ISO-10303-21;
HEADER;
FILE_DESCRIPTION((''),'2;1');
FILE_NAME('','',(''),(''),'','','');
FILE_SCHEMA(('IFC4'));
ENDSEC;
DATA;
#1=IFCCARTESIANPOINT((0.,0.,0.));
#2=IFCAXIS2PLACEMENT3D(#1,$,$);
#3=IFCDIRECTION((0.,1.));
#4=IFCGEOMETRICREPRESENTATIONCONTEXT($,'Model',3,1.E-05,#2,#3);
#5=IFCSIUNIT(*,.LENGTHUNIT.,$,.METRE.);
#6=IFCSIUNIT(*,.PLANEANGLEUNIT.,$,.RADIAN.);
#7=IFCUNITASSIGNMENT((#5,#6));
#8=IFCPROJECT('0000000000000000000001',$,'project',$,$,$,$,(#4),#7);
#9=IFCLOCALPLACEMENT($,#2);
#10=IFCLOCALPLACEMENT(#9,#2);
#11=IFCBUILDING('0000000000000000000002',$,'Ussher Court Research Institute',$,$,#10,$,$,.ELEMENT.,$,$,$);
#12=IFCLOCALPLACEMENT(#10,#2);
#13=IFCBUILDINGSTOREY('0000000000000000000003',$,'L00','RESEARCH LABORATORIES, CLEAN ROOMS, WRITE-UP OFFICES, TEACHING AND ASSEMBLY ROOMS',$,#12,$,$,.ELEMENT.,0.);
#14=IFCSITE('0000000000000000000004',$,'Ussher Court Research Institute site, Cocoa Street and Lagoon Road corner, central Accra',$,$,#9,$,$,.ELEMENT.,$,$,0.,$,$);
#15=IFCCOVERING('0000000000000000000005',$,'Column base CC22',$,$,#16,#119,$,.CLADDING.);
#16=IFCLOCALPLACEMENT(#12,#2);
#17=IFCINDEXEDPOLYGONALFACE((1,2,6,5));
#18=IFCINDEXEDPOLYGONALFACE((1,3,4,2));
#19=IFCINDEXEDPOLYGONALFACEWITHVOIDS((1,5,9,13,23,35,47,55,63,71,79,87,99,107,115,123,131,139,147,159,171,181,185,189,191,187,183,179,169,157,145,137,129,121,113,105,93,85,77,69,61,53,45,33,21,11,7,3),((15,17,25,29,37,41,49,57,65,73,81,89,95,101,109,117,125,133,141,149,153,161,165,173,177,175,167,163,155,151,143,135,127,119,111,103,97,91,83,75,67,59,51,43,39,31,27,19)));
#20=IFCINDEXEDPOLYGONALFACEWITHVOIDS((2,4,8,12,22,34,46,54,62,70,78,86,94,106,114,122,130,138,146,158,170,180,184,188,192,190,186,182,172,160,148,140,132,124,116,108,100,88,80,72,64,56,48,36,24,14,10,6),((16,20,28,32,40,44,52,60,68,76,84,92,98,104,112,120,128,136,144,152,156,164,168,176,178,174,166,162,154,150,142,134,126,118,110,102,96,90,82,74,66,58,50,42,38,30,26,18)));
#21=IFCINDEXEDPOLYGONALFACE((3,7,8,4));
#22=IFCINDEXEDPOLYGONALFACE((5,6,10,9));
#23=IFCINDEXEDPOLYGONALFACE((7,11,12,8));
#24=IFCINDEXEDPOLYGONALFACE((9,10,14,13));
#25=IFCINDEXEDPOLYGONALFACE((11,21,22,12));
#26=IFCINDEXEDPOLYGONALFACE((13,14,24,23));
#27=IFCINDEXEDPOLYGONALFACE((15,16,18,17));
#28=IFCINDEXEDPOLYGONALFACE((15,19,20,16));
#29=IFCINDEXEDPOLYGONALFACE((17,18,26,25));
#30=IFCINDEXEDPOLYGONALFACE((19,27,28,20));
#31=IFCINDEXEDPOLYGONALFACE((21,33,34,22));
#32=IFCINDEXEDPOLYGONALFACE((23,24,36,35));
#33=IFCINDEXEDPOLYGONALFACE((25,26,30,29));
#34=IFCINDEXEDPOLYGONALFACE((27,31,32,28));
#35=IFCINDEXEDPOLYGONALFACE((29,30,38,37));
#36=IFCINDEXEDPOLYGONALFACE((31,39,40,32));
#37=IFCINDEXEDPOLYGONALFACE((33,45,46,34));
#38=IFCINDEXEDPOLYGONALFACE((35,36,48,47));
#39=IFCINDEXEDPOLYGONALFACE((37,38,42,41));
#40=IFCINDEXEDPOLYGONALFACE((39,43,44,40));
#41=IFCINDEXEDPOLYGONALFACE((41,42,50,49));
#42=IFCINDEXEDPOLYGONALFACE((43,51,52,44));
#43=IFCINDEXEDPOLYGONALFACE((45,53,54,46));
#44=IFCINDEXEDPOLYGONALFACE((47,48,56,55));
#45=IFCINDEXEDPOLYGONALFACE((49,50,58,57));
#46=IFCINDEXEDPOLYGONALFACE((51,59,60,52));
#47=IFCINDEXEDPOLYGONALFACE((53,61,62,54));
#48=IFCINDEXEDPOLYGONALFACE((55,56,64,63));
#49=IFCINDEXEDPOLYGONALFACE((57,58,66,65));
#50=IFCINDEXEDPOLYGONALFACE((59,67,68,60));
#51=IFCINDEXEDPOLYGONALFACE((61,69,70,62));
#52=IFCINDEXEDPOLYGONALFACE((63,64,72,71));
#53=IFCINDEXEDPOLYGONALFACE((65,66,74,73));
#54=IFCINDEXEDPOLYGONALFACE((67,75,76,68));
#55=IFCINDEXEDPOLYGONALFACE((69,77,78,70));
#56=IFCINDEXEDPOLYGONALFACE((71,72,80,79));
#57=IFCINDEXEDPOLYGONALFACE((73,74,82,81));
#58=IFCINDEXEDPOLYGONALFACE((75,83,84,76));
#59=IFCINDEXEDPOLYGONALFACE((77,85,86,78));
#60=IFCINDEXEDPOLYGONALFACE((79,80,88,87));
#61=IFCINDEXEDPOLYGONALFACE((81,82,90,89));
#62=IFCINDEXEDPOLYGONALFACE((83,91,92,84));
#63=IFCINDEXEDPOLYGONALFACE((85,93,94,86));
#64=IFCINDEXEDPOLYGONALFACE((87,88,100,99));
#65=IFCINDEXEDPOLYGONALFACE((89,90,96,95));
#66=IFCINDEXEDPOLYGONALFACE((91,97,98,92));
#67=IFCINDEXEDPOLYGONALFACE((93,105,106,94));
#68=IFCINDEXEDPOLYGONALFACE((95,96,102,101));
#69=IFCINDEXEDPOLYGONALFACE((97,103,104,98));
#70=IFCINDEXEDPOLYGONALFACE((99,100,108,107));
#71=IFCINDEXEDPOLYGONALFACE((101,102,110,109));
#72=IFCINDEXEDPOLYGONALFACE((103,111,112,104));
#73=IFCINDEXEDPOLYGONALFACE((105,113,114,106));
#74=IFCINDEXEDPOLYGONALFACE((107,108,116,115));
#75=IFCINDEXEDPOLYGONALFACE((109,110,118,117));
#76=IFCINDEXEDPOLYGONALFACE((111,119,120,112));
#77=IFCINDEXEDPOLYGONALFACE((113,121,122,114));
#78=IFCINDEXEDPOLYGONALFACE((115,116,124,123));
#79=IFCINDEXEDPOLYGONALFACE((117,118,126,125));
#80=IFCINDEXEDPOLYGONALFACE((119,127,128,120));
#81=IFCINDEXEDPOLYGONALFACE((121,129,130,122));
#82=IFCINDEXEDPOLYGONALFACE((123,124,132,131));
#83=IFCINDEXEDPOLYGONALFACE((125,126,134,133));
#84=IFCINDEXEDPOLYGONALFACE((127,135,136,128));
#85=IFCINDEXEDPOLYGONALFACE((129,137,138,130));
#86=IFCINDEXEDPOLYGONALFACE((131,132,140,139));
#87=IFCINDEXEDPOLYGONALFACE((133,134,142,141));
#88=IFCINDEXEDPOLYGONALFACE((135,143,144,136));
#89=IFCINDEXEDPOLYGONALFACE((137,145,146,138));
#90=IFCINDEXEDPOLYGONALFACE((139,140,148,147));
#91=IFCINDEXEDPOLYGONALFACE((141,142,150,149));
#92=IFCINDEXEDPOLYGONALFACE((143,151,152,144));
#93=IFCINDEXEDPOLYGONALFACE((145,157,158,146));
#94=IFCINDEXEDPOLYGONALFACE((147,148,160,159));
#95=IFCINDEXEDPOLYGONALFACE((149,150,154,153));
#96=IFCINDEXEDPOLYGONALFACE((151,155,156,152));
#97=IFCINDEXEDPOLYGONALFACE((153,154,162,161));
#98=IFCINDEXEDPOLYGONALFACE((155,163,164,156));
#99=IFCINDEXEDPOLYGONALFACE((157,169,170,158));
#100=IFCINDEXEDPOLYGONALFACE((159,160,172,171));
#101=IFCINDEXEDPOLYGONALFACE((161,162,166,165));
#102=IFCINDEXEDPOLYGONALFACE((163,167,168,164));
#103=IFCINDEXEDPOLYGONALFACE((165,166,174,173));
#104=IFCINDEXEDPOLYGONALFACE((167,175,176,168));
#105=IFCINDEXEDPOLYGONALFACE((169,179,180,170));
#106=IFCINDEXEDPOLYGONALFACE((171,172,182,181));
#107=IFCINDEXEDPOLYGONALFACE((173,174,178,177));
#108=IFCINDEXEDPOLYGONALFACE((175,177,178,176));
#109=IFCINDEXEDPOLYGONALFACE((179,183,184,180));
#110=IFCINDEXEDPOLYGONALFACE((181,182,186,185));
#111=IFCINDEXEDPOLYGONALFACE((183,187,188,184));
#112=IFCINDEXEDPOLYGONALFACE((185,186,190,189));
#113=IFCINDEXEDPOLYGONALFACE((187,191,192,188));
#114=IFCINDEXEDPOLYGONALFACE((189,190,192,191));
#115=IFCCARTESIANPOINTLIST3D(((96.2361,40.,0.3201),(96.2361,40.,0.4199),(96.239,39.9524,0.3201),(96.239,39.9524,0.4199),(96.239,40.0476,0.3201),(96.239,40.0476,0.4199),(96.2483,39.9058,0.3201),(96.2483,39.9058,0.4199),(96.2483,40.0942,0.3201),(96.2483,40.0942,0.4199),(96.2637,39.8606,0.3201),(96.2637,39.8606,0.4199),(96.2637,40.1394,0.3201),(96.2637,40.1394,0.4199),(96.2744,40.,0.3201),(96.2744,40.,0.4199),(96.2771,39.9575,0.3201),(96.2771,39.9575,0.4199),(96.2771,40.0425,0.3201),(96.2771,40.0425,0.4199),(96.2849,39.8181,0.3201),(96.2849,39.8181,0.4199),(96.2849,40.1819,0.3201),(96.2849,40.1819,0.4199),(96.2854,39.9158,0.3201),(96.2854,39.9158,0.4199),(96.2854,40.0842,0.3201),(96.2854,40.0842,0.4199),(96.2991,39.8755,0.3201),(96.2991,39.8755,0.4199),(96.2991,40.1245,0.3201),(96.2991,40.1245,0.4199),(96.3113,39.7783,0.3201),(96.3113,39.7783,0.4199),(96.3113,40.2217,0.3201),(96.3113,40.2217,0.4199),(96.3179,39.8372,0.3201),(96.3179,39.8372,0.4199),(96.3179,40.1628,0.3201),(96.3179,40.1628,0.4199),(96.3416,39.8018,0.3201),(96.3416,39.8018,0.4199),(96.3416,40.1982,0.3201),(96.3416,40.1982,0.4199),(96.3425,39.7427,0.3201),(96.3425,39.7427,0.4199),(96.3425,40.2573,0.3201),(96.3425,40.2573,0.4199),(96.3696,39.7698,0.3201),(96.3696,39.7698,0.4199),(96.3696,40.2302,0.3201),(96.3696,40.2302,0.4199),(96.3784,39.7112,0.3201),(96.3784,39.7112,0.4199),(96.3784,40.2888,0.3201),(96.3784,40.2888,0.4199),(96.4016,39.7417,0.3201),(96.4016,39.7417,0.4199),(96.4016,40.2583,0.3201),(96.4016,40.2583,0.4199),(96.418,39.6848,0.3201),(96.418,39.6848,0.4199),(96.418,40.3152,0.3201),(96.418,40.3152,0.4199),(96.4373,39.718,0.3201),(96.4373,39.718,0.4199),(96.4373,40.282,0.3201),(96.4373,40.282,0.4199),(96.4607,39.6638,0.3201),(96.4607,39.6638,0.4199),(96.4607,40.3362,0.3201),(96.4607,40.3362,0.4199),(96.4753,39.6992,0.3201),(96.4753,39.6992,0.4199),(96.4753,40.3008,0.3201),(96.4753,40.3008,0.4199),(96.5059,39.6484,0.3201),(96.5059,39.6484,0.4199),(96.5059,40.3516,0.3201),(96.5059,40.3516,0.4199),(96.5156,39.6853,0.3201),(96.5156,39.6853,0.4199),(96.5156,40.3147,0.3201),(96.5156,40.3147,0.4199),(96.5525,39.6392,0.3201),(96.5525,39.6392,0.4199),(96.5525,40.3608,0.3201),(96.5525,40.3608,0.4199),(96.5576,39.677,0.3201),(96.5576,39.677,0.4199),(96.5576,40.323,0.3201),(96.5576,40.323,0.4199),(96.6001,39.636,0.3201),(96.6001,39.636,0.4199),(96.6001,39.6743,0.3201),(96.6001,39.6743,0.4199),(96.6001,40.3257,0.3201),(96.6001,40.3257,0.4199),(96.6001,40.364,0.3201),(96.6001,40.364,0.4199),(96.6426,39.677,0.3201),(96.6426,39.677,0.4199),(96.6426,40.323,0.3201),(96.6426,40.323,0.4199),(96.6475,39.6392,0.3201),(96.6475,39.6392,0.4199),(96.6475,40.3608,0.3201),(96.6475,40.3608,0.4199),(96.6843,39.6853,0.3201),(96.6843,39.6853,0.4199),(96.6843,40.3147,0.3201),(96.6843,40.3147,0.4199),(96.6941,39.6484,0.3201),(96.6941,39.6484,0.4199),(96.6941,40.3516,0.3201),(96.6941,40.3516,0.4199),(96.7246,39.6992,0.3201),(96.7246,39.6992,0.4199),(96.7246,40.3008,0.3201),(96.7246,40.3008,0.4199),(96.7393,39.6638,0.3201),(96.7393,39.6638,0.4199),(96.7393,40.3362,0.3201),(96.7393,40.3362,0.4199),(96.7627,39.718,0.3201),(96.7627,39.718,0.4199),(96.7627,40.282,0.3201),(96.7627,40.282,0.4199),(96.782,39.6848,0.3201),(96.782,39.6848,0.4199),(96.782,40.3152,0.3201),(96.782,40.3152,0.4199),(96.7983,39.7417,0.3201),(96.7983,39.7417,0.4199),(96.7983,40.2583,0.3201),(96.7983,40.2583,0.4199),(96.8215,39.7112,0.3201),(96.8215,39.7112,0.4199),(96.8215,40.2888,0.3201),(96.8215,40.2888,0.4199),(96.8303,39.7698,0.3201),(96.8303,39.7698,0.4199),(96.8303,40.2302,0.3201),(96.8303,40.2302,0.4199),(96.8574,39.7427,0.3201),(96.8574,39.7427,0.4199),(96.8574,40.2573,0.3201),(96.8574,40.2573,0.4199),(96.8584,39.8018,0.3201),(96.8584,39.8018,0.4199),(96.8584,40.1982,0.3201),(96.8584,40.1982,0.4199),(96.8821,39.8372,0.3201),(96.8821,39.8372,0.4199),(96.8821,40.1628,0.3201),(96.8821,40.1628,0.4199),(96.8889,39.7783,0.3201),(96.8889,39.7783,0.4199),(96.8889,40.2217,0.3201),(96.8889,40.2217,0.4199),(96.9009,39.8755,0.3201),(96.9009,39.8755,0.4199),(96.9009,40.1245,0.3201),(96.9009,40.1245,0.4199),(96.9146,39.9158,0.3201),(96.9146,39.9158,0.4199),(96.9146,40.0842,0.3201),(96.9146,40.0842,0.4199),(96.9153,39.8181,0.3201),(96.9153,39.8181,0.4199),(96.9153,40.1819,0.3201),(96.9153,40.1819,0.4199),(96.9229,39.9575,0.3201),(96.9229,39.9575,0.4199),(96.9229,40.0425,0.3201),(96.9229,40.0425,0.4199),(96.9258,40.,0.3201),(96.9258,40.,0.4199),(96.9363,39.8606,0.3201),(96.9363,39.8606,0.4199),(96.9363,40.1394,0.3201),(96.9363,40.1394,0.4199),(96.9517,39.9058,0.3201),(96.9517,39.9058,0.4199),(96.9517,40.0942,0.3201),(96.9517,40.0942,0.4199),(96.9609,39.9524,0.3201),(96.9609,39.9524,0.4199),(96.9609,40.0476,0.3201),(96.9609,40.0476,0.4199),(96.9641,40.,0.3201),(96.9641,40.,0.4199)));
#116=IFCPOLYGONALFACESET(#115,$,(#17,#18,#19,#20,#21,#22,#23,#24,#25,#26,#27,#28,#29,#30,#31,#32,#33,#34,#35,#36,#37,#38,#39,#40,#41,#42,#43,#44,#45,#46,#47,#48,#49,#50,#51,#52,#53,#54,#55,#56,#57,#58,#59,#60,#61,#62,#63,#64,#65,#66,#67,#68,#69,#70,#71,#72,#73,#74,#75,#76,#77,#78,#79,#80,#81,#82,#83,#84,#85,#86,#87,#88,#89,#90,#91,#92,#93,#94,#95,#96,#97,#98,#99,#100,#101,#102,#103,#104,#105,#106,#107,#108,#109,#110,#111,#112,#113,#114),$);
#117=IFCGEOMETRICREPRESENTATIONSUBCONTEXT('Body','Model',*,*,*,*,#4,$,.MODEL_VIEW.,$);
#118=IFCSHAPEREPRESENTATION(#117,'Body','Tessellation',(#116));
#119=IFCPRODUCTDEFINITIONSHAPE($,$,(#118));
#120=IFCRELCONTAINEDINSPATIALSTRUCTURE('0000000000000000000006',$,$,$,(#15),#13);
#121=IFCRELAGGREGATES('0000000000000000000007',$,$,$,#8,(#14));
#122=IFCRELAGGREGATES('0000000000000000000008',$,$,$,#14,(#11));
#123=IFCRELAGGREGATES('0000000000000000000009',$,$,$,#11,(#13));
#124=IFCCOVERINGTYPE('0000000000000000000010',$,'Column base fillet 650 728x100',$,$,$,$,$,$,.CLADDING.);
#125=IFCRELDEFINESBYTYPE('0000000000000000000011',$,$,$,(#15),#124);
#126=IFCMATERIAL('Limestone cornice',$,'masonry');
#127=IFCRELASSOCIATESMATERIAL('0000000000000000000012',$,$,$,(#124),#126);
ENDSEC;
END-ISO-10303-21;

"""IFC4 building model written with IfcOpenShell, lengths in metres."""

from ifc_helpers import new_model, si_unit, direction, frame, origin, place, context, subcontext, project, spatial, polyline, outline, extrude, material, type_object, element, save


model = new_model("IFC4")

# Units and contexts
model_context = context("Model", 3, precision=1e-05, world=origin(), true_north=direction((0.0, 1.0)))
body_context = subcontext(model_context, "Body", "Model", "MODEL_VIEW")
ifc_project = project(units=[si_unit("LENGTHUNIT", "METRE"), si_unit("PLANEANGLEUNIT", "RADIAN")], contexts=[model_context])

# Site, building, storey
site_placement = place(None, origin())
site = spatial("IfcSite", under=ifc_project, at=site_placement, Name="Ussher Court Research Institute site, Cocoa Street and Lagoon Road corner, central Accra", CompositionType="ELEMENT", RefElevation=0.0)
building_placement = place(site_placement, origin())
building = spatial("IfcBuilding", under=site, at=building_placement, Name="Ussher Court Research Institute", CompositionType="ELEMENT")
storey_placement = place(building_placement, origin())
storey = spatial("IfcBuildingStorey", under=building, at=storey_placement, Name="L00", Description="RESEARCH LABORATORIES, CLEAN ROOMS, WRITE-UP OFFICES, TEACHING AND ASSEMBLY ROOMS", CompositionType="ELEMENT", Elevation=0.0)

# Covering
ifc_material_1 = material(Name="Limestone cornice", Category="masonry")
covering_type_1 = type_object("IfcCoveringType", Name="Column base fillet 650 728x100", PredefinedType="CLADDING", material=ifc_material_1)
covering_1_placement = place(storey_placement, frame((0.0, 0.0, 0.3201)))
element("IfcCovering", 1, at=covering_1_placement, inside=storey, type_object=covering_type_1, Name="Column base CC22", PredefinedType="CLADDING", context=body_context, shape_type="SweptSolid", body=[
    extrude(outline(polyline([(96.9641, 40.0), (96.9609, 40.0476), (96.9517, 40.0942), (96.9363, 40.1394), (96.9153, 40.1819), (96.8889, 40.2217), (96.8574, 40.2573), (96.8215, 40.2888), (96.782, 40.3152), (96.7393, 40.3362), (96.6941, 40.3516), (96.6475, 40.3608), (96.6001, 40.364), (96.5525, 40.3608), (96.5059, 40.3516), (96.4607, 40.3362), (96.418, 40.3152), (96.3784, 40.2888), (96.3425, 40.2573), (96.3113, 40.2217), (96.2849, 40.1819), (96.2637, 40.1394), (96.2483, 40.0942), (96.239, 40.0476), (96.2361, 40.0), (96.239, 39.9524), (96.2483, 39.9058), (96.2637, 39.8606), (96.2849, 39.8181), (96.3113, 39.7783), (96.3425, 39.7427), (96.3784, 39.7112), (96.418, 39.6848), (96.4607, 39.6638), (96.5059, 39.6484), (96.5525, 39.6392), (96.6001, 39.636), (96.6475, 39.6392), (96.6941, 39.6484), (96.7393, 39.6638), (96.782, 39.6848), (96.8215, 39.7112), (96.8574, 39.7427), (96.8889, 39.7783), (96.9153, 39.8181), (96.9363, 39.8606), (96.9517, 39.9058), (96.9609, 39.9524), (96.9641, 40.0)]), holes=[polyline([(96.9258, 40.0), (96.9229, 40.0425), (96.9146, 40.0842), (96.9009, 40.1245), (96.8821, 40.1628), (96.8584, 40.1982), (96.8303, 40.2302), (96.7983, 40.2583), (96.7627, 40.282), (96.7246, 40.3008), (96.6843, 40.3147), (96.6426, 40.323), (96.6001, 40.3257), (96.5576, 40.323), (96.5156, 40.3147), (96.4753, 40.3008), (96.4373, 40.282), (96.4016, 40.2583), (96.3696, 40.2302), (96.3416, 40.1982), (96.3179, 40.1628), (96.2991, 40.1245), (96.2854, 40.0842), (96.2771, 40.0425), (96.2744, 40.0), (96.2771, 39.9575), (96.2854, 39.9158), (96.2991, 39.8755), (96.3179, 39.8372), (96.3416, 39.8018), (96.3696, 39.7698), (96.4016, 39.7417), (96.4373, 39.718), (96.4753, 39.6992), (96.5156, 39.6853), (96.5576, 39.677), (96.6001, 39.6743), (96.6426, 39.677), (96.6843, 39.6853), (96.7246, 39.6992), (96.7627, 39.718), (96.7983, 39.7417), (96.8303, 39.7698), (96.8584, 39.8018), (96.8821, 39.8372), (96.9009, 39.8755), (96.9146, 39.9158), (96.9229, 39.9575), (96.9258, 40.0)])]), origin(), (0.0, 0.0, 1.0), 0.0999),
])

save(model, "model.ifc")
